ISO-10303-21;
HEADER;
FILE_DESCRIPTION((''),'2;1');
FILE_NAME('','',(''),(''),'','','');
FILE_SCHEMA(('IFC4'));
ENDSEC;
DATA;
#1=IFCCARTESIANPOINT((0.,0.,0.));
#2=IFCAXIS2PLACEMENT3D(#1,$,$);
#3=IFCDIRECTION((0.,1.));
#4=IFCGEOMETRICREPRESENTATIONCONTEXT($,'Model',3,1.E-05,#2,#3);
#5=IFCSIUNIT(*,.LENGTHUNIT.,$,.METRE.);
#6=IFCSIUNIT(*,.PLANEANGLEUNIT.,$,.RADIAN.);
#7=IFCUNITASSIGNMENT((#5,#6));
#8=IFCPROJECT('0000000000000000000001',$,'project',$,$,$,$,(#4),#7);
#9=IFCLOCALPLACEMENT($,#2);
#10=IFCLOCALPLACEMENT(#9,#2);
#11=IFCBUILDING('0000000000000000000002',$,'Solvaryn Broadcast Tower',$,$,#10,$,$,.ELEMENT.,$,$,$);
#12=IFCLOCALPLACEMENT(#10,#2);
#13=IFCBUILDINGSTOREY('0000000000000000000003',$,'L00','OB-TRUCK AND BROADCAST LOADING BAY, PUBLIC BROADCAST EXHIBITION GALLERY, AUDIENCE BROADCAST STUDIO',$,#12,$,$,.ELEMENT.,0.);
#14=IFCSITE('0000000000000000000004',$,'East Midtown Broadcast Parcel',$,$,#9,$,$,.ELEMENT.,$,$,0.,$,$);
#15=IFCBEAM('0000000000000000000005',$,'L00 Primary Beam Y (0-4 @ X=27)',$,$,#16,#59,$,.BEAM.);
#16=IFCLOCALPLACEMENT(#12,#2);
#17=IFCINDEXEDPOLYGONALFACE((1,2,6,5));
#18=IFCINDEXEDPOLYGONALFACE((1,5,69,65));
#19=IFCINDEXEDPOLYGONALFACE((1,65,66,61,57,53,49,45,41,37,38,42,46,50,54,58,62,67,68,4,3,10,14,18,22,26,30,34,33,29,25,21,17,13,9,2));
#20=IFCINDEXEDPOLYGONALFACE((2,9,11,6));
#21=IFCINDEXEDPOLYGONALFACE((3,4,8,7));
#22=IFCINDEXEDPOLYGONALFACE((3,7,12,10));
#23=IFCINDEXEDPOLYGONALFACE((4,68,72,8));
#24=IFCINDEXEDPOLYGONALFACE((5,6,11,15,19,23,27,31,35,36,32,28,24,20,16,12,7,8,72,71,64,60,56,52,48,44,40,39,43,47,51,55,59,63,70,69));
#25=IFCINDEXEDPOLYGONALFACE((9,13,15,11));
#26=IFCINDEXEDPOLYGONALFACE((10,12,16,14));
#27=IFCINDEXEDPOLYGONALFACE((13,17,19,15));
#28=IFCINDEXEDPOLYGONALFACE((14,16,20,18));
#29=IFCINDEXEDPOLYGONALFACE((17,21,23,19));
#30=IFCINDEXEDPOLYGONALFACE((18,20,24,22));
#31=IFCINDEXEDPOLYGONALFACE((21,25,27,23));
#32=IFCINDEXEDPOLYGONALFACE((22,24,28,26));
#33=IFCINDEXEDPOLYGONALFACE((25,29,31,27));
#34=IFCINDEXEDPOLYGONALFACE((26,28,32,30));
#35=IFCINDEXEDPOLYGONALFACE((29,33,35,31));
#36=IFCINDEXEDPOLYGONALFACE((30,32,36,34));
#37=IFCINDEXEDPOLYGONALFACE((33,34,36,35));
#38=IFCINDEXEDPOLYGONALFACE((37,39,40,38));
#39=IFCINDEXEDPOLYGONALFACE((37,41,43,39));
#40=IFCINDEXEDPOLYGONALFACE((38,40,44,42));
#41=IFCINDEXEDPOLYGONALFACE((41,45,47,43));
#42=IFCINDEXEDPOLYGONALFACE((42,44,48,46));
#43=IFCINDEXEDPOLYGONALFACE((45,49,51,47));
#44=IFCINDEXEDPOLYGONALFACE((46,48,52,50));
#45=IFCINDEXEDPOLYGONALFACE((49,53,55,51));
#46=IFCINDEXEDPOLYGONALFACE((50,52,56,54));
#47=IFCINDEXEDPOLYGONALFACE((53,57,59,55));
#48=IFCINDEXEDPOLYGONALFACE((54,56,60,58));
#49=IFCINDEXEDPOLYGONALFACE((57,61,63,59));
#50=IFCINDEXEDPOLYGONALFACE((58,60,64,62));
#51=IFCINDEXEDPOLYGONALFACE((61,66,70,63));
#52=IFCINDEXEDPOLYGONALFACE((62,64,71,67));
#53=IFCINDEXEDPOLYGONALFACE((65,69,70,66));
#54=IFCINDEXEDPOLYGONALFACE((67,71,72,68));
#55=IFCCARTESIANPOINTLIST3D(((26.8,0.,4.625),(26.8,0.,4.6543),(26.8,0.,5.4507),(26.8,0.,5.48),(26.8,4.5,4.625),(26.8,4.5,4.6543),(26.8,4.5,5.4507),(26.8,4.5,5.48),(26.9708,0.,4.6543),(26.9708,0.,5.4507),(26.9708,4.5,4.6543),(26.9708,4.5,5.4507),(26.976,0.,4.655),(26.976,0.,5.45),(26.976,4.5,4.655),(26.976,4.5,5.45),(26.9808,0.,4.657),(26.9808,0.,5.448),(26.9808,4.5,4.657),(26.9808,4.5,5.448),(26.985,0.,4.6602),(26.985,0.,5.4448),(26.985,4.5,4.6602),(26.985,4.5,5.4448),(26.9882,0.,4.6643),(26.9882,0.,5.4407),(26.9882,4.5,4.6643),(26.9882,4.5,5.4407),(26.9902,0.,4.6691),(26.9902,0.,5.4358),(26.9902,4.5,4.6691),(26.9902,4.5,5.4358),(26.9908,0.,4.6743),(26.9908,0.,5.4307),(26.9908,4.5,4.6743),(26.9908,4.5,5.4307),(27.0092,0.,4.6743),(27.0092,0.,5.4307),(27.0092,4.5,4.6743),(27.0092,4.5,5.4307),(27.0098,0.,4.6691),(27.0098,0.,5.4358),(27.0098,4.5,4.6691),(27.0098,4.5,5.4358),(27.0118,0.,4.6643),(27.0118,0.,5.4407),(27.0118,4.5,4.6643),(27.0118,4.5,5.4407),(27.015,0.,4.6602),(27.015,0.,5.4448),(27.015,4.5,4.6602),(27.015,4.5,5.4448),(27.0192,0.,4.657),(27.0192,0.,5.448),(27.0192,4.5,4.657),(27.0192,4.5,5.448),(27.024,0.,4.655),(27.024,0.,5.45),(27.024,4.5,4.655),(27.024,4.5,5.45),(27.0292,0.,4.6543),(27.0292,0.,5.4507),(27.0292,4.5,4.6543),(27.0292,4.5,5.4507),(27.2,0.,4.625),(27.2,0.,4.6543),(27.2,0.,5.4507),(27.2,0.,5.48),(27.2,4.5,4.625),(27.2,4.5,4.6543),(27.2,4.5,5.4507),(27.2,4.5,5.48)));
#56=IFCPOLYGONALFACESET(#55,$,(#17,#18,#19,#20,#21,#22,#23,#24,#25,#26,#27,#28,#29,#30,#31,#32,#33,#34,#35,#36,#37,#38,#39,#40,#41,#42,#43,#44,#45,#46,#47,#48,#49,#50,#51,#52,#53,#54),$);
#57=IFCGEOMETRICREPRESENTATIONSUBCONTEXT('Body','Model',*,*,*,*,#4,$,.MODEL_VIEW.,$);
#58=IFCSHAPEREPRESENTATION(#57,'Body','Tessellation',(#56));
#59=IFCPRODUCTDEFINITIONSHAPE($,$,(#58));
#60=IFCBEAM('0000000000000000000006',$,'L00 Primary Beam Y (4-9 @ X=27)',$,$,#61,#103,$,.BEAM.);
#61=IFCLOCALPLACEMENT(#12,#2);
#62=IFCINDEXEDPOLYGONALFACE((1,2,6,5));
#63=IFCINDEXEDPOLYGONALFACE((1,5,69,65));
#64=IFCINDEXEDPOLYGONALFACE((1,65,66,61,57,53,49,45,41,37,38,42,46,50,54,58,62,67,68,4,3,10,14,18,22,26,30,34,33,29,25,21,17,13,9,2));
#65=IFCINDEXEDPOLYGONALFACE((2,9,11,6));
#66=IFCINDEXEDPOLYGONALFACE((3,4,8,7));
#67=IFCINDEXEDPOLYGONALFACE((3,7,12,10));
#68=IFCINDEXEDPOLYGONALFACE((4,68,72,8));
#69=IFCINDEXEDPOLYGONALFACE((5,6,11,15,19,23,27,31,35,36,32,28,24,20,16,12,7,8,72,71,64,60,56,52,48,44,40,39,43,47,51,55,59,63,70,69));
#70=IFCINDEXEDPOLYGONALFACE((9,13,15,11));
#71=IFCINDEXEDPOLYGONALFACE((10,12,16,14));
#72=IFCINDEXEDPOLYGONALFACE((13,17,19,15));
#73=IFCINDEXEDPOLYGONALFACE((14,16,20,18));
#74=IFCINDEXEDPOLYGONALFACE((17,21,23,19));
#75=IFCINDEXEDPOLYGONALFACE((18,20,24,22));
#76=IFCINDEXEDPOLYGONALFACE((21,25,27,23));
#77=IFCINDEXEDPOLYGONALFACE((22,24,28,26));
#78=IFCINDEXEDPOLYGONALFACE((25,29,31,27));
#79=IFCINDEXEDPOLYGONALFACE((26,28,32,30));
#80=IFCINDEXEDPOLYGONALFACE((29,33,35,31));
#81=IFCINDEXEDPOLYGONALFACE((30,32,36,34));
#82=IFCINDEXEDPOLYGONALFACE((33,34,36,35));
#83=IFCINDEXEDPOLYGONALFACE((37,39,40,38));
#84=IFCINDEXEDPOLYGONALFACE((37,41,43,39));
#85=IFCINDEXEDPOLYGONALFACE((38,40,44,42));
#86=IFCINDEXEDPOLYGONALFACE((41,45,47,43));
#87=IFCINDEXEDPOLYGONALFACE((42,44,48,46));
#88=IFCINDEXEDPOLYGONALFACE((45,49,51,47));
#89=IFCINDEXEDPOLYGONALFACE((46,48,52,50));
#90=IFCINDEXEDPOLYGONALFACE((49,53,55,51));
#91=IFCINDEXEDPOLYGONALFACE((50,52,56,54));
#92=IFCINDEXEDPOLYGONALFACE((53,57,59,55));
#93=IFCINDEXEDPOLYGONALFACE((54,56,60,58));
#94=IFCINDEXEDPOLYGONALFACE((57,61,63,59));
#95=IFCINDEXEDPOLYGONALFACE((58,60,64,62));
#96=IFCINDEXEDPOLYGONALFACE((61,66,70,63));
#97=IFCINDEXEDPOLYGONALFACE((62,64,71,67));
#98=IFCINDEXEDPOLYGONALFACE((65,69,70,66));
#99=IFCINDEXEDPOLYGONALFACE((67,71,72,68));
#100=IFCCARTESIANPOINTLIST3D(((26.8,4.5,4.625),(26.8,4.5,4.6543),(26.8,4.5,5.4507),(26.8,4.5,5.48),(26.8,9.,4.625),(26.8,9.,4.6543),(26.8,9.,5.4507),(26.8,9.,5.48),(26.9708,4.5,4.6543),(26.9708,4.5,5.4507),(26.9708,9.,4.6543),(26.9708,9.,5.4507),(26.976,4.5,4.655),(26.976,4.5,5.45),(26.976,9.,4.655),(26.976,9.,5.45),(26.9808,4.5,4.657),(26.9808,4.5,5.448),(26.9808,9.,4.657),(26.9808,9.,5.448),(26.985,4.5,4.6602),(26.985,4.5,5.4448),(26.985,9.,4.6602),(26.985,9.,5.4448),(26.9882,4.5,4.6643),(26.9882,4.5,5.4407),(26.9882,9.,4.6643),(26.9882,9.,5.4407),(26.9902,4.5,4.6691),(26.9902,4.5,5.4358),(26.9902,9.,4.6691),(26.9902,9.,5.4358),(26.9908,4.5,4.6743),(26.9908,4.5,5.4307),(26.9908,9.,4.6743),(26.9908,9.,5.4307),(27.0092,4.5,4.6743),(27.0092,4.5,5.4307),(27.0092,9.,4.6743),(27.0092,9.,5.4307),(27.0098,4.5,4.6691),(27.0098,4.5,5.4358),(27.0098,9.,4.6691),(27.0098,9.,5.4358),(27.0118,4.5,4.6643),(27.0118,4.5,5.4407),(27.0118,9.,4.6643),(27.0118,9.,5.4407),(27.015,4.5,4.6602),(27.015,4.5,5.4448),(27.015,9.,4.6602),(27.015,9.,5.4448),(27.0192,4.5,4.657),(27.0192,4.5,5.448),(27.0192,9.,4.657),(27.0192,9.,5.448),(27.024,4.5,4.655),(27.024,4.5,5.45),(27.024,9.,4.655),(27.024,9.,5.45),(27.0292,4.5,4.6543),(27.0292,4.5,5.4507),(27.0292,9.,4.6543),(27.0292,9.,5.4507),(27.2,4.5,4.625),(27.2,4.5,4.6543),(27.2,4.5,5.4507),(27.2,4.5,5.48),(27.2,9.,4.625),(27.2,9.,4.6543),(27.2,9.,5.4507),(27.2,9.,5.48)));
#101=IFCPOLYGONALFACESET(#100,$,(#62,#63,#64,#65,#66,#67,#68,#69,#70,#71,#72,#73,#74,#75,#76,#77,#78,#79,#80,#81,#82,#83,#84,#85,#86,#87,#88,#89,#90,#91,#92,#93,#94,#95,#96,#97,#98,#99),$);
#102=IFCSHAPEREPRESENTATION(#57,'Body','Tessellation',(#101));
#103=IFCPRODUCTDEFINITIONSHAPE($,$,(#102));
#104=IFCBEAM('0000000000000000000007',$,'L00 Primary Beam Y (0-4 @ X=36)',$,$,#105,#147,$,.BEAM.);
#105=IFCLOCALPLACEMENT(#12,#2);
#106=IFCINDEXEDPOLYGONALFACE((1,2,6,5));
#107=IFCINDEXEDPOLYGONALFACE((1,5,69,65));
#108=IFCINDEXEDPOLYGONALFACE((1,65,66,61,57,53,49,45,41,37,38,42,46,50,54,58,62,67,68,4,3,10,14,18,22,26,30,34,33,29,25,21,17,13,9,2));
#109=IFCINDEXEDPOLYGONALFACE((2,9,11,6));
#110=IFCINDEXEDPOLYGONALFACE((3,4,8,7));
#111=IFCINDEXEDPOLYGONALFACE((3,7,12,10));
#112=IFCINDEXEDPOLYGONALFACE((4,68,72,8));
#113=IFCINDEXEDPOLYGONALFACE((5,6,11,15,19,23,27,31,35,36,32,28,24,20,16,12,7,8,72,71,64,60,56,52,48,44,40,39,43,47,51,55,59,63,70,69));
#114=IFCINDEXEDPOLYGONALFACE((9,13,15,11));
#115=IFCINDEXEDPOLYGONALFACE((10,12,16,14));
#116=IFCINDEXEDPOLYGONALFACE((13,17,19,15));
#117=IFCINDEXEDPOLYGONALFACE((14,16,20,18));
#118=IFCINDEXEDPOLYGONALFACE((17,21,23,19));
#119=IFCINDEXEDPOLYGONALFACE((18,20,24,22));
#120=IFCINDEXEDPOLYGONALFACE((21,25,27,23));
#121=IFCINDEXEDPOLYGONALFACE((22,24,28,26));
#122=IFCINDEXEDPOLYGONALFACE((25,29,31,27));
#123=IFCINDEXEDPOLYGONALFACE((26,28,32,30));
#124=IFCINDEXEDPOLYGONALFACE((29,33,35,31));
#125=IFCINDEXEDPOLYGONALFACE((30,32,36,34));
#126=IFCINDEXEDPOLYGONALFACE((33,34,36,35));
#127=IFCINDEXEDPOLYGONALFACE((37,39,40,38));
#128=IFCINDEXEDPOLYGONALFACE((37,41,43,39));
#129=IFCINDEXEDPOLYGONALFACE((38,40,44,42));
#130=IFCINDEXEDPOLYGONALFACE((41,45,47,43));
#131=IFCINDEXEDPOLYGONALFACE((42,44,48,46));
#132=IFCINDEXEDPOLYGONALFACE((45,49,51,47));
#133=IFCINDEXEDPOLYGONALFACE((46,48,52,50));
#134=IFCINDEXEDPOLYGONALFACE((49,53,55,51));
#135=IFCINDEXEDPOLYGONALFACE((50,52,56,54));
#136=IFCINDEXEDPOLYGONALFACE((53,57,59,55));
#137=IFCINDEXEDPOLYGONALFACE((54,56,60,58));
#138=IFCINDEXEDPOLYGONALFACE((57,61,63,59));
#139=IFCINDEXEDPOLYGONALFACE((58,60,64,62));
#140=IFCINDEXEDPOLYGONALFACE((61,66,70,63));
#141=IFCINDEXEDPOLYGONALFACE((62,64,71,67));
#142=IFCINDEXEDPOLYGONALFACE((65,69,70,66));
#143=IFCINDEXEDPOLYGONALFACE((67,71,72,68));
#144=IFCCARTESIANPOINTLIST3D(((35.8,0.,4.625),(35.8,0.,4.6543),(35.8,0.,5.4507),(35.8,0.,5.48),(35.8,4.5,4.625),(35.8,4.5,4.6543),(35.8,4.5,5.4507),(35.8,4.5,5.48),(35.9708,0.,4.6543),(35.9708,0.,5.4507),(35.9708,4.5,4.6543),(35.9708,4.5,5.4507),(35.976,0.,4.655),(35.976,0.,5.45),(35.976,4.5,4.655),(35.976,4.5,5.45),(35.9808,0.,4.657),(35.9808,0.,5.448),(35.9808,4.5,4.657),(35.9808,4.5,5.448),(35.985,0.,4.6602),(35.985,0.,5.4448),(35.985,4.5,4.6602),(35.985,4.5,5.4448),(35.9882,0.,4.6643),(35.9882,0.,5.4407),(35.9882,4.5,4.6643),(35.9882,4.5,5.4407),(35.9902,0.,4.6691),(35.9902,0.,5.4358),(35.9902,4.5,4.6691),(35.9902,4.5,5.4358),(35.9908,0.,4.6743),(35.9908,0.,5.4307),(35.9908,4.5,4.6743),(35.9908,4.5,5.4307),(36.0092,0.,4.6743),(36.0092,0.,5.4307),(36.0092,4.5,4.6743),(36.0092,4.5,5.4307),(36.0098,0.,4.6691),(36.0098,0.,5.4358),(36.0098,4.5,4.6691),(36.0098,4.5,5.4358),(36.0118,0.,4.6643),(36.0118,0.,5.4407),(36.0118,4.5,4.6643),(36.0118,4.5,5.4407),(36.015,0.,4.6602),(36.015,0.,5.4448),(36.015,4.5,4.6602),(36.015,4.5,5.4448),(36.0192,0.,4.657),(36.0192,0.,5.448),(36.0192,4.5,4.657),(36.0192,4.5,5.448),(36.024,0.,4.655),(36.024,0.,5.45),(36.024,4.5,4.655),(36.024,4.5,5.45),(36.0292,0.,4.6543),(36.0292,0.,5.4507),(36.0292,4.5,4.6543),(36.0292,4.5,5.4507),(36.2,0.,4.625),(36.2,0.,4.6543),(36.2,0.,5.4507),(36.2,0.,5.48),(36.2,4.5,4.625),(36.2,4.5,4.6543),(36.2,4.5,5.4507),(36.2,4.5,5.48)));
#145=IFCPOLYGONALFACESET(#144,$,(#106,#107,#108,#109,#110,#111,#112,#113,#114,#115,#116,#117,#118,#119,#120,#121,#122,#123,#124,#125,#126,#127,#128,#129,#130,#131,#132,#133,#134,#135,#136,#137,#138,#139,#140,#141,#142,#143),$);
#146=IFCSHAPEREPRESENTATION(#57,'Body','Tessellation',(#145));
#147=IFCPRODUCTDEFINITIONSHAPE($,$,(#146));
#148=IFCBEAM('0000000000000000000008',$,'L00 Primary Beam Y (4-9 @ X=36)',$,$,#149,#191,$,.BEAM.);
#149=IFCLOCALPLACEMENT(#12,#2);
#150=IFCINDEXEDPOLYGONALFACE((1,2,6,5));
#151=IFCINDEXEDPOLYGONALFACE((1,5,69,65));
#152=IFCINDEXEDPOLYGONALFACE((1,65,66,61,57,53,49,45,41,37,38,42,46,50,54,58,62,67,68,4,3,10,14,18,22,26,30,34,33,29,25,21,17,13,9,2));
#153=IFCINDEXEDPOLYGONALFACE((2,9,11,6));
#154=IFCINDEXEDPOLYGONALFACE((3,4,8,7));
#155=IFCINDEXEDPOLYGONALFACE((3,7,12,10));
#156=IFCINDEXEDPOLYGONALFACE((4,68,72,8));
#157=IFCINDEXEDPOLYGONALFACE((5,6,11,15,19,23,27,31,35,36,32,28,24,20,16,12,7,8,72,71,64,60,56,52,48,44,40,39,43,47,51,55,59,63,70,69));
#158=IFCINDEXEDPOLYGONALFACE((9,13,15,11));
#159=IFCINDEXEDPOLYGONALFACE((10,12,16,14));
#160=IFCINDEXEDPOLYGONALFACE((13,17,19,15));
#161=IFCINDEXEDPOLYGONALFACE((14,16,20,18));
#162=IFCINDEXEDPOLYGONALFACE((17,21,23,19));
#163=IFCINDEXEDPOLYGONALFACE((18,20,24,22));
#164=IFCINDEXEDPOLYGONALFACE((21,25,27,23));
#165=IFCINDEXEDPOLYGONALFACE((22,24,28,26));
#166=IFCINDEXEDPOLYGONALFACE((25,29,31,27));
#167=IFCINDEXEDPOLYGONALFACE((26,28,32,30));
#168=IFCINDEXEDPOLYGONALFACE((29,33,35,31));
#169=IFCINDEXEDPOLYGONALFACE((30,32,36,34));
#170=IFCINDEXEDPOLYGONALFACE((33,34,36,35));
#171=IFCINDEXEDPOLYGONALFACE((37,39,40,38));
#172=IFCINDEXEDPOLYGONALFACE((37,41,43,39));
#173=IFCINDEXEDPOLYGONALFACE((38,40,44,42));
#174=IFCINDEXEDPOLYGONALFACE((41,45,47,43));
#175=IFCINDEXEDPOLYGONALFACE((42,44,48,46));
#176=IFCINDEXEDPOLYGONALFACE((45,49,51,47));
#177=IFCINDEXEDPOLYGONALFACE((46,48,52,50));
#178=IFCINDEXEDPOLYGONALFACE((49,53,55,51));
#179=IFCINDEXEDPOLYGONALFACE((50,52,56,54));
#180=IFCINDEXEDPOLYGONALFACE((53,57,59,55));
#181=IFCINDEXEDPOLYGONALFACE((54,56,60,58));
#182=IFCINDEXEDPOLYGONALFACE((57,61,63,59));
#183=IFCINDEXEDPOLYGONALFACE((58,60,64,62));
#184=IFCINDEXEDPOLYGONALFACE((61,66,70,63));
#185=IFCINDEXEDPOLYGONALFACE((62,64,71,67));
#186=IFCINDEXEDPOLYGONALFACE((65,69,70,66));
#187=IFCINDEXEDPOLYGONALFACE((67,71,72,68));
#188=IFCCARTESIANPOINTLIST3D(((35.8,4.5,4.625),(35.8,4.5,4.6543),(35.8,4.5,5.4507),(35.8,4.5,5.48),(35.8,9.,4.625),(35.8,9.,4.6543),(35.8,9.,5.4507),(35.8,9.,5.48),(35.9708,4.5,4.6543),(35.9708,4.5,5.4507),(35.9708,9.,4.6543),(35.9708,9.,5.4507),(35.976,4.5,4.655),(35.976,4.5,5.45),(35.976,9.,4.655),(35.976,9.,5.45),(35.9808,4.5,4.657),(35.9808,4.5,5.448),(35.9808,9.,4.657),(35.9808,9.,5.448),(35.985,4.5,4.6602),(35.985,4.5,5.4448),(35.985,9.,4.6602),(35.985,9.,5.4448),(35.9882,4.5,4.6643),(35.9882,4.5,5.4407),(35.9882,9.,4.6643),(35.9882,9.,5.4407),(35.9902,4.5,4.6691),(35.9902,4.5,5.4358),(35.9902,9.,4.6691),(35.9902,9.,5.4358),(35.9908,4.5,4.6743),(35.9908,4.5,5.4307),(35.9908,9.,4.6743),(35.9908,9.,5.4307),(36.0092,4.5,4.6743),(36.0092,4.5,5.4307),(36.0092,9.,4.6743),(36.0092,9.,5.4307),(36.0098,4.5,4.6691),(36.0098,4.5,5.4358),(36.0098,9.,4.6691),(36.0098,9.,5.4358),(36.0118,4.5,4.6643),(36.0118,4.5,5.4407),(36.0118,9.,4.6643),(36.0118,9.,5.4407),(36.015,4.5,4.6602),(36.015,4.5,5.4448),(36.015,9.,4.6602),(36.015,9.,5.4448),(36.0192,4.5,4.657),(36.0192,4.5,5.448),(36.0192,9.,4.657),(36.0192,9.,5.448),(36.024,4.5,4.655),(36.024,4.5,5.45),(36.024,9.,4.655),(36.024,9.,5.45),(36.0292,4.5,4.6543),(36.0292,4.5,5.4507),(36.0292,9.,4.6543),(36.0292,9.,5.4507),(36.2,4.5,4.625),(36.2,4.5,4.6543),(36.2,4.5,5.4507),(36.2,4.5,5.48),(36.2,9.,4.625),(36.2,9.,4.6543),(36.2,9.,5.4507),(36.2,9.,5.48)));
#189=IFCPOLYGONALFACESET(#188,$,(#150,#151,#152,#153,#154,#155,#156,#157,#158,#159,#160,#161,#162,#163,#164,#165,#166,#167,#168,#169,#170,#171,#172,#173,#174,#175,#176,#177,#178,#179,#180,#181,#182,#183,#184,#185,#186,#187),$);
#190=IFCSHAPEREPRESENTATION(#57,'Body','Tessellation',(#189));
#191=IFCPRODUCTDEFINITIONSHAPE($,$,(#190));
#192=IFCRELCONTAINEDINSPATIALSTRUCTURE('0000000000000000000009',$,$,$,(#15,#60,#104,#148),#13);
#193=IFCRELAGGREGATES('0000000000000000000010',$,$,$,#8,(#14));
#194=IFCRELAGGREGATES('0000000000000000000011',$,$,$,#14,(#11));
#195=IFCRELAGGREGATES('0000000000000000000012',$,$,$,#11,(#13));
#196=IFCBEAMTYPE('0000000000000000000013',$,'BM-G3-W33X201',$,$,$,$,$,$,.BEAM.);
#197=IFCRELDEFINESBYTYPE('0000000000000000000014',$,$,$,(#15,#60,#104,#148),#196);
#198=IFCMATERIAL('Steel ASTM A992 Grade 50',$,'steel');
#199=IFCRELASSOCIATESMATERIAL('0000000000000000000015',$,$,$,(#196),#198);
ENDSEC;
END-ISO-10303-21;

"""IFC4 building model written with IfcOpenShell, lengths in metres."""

from ifc_helpers import new_model, si_unit, direction, frame, origin, origin_2d, place, context, subcontext, project, spatial, i_section, extrude, material, material_profile, profile_set, type_object, element, save


model = new_model("IFC4")

# Units and contexts
model_context = context("Model", 3, precision=1e-05, world=origin(), true_north=direction((0.0, 1.0)))
body_context = subcontext(model_context, "Body", "Model", "MODEL_VIEW")
ifc_project = project(units=[si_unit("LENGTHUNIT", "METRE"), si_unit("PLANEANGLEUNIT", "RADIAN")], contexts=[model_context])

# Site, building, storey
site_placement = place(None, origin())
site = spatial("IfcSite", under=ifc_project, at=site_placement, Name="East Midtown Broadcast Parcel", CompositionType="ELEMENT", RefElevation=0.0)
building_placement = place(site_placement, origin())
building = spatial("IfcBuilding", under=site, at=building_placement, Name="Solvaryn Broadcast Tower", CompositionType="ELEMENT")
storey_placement = place(building_placement, origin())
storey = spatial("IfcBuildingStorey", under=building, at=storey_placement, Name="L00", Description="OB-TRUCK AND BROADCAST LOADING BAY, PUBLIC BROADCAST EXHIBITION GALLERY, AUDIENCE BROADCAST STUDIO", CompositionType="ELEMENT", Elevation=0.0)

# Beams
ifc_material_1 = material(Name="Steel ASTM A992 Grade 50", Category="steel")
ifc_material_profile_1 = material_profile(ifc_material_1, i_section(OverallWidth=0.3999, OverallDepth=0.855, WebThickness=0.0183, FlangeThickness=0.0293, FilletRadius=0.02, at=origin_2d()))
ifc_profile_set_1 = profile_set([ifc_material_profile_1], Name="Steel ASTM A992 Grade 50")
beam_type_1 = type_object("IfcBeamType", Name="BM-G3-W33X201", PredefinedType="BEAM", material=ifc_profile_set_1)
for number, where, z_axis, x_axis, name in (
    (1, (27.0, 0.0, 5.0525), (0.0, 1.0, 0.0), (-1.0, 0.0, 0.0), "L00 Primary Beam Y (0-4 @ X=27)"),
    (2, (27.0, 4.5, 5.0525), (0.0, 1.0, 0.0), (-1.0, 0.0, 0.0), "L00 Primary Beam Y (4-9 @ X=27)"),
    (3, (36.0, 0.0, 5.0525), (0.0, 1.0, 0.0), (-1.0, 0.0, 0.0), "L00 Primary Beam Y (0-4 @ X=36)"),
    (4, (36.0, 4.5, 5.0525), (0.0, 1.0, 0.0), (-1.0, 0.0, 0.0), "L00 Primary Beam Y (4-9 @ X=36)"),
):
    element("IfcBeam", number, at=place(storey_placement, frame(where, z_axis=z_axis, x_axis=x_axis)), inside=storey, type_object=beam_type_1, Name=name, PredefinedType="BEAM", context=body_context, shape_type="SweptSolid", body=[
        extrude(i_section(OverallWidth=0.3999, OverallDepth=0.855, WebThickness=0.0183, FlangeThickness=0.0293, FilletRadius=0.02, at=origin_2d()), origin(), (0.0, 0.0, 1.0), 4.5),
    ])

save(model, "model.ifc")
